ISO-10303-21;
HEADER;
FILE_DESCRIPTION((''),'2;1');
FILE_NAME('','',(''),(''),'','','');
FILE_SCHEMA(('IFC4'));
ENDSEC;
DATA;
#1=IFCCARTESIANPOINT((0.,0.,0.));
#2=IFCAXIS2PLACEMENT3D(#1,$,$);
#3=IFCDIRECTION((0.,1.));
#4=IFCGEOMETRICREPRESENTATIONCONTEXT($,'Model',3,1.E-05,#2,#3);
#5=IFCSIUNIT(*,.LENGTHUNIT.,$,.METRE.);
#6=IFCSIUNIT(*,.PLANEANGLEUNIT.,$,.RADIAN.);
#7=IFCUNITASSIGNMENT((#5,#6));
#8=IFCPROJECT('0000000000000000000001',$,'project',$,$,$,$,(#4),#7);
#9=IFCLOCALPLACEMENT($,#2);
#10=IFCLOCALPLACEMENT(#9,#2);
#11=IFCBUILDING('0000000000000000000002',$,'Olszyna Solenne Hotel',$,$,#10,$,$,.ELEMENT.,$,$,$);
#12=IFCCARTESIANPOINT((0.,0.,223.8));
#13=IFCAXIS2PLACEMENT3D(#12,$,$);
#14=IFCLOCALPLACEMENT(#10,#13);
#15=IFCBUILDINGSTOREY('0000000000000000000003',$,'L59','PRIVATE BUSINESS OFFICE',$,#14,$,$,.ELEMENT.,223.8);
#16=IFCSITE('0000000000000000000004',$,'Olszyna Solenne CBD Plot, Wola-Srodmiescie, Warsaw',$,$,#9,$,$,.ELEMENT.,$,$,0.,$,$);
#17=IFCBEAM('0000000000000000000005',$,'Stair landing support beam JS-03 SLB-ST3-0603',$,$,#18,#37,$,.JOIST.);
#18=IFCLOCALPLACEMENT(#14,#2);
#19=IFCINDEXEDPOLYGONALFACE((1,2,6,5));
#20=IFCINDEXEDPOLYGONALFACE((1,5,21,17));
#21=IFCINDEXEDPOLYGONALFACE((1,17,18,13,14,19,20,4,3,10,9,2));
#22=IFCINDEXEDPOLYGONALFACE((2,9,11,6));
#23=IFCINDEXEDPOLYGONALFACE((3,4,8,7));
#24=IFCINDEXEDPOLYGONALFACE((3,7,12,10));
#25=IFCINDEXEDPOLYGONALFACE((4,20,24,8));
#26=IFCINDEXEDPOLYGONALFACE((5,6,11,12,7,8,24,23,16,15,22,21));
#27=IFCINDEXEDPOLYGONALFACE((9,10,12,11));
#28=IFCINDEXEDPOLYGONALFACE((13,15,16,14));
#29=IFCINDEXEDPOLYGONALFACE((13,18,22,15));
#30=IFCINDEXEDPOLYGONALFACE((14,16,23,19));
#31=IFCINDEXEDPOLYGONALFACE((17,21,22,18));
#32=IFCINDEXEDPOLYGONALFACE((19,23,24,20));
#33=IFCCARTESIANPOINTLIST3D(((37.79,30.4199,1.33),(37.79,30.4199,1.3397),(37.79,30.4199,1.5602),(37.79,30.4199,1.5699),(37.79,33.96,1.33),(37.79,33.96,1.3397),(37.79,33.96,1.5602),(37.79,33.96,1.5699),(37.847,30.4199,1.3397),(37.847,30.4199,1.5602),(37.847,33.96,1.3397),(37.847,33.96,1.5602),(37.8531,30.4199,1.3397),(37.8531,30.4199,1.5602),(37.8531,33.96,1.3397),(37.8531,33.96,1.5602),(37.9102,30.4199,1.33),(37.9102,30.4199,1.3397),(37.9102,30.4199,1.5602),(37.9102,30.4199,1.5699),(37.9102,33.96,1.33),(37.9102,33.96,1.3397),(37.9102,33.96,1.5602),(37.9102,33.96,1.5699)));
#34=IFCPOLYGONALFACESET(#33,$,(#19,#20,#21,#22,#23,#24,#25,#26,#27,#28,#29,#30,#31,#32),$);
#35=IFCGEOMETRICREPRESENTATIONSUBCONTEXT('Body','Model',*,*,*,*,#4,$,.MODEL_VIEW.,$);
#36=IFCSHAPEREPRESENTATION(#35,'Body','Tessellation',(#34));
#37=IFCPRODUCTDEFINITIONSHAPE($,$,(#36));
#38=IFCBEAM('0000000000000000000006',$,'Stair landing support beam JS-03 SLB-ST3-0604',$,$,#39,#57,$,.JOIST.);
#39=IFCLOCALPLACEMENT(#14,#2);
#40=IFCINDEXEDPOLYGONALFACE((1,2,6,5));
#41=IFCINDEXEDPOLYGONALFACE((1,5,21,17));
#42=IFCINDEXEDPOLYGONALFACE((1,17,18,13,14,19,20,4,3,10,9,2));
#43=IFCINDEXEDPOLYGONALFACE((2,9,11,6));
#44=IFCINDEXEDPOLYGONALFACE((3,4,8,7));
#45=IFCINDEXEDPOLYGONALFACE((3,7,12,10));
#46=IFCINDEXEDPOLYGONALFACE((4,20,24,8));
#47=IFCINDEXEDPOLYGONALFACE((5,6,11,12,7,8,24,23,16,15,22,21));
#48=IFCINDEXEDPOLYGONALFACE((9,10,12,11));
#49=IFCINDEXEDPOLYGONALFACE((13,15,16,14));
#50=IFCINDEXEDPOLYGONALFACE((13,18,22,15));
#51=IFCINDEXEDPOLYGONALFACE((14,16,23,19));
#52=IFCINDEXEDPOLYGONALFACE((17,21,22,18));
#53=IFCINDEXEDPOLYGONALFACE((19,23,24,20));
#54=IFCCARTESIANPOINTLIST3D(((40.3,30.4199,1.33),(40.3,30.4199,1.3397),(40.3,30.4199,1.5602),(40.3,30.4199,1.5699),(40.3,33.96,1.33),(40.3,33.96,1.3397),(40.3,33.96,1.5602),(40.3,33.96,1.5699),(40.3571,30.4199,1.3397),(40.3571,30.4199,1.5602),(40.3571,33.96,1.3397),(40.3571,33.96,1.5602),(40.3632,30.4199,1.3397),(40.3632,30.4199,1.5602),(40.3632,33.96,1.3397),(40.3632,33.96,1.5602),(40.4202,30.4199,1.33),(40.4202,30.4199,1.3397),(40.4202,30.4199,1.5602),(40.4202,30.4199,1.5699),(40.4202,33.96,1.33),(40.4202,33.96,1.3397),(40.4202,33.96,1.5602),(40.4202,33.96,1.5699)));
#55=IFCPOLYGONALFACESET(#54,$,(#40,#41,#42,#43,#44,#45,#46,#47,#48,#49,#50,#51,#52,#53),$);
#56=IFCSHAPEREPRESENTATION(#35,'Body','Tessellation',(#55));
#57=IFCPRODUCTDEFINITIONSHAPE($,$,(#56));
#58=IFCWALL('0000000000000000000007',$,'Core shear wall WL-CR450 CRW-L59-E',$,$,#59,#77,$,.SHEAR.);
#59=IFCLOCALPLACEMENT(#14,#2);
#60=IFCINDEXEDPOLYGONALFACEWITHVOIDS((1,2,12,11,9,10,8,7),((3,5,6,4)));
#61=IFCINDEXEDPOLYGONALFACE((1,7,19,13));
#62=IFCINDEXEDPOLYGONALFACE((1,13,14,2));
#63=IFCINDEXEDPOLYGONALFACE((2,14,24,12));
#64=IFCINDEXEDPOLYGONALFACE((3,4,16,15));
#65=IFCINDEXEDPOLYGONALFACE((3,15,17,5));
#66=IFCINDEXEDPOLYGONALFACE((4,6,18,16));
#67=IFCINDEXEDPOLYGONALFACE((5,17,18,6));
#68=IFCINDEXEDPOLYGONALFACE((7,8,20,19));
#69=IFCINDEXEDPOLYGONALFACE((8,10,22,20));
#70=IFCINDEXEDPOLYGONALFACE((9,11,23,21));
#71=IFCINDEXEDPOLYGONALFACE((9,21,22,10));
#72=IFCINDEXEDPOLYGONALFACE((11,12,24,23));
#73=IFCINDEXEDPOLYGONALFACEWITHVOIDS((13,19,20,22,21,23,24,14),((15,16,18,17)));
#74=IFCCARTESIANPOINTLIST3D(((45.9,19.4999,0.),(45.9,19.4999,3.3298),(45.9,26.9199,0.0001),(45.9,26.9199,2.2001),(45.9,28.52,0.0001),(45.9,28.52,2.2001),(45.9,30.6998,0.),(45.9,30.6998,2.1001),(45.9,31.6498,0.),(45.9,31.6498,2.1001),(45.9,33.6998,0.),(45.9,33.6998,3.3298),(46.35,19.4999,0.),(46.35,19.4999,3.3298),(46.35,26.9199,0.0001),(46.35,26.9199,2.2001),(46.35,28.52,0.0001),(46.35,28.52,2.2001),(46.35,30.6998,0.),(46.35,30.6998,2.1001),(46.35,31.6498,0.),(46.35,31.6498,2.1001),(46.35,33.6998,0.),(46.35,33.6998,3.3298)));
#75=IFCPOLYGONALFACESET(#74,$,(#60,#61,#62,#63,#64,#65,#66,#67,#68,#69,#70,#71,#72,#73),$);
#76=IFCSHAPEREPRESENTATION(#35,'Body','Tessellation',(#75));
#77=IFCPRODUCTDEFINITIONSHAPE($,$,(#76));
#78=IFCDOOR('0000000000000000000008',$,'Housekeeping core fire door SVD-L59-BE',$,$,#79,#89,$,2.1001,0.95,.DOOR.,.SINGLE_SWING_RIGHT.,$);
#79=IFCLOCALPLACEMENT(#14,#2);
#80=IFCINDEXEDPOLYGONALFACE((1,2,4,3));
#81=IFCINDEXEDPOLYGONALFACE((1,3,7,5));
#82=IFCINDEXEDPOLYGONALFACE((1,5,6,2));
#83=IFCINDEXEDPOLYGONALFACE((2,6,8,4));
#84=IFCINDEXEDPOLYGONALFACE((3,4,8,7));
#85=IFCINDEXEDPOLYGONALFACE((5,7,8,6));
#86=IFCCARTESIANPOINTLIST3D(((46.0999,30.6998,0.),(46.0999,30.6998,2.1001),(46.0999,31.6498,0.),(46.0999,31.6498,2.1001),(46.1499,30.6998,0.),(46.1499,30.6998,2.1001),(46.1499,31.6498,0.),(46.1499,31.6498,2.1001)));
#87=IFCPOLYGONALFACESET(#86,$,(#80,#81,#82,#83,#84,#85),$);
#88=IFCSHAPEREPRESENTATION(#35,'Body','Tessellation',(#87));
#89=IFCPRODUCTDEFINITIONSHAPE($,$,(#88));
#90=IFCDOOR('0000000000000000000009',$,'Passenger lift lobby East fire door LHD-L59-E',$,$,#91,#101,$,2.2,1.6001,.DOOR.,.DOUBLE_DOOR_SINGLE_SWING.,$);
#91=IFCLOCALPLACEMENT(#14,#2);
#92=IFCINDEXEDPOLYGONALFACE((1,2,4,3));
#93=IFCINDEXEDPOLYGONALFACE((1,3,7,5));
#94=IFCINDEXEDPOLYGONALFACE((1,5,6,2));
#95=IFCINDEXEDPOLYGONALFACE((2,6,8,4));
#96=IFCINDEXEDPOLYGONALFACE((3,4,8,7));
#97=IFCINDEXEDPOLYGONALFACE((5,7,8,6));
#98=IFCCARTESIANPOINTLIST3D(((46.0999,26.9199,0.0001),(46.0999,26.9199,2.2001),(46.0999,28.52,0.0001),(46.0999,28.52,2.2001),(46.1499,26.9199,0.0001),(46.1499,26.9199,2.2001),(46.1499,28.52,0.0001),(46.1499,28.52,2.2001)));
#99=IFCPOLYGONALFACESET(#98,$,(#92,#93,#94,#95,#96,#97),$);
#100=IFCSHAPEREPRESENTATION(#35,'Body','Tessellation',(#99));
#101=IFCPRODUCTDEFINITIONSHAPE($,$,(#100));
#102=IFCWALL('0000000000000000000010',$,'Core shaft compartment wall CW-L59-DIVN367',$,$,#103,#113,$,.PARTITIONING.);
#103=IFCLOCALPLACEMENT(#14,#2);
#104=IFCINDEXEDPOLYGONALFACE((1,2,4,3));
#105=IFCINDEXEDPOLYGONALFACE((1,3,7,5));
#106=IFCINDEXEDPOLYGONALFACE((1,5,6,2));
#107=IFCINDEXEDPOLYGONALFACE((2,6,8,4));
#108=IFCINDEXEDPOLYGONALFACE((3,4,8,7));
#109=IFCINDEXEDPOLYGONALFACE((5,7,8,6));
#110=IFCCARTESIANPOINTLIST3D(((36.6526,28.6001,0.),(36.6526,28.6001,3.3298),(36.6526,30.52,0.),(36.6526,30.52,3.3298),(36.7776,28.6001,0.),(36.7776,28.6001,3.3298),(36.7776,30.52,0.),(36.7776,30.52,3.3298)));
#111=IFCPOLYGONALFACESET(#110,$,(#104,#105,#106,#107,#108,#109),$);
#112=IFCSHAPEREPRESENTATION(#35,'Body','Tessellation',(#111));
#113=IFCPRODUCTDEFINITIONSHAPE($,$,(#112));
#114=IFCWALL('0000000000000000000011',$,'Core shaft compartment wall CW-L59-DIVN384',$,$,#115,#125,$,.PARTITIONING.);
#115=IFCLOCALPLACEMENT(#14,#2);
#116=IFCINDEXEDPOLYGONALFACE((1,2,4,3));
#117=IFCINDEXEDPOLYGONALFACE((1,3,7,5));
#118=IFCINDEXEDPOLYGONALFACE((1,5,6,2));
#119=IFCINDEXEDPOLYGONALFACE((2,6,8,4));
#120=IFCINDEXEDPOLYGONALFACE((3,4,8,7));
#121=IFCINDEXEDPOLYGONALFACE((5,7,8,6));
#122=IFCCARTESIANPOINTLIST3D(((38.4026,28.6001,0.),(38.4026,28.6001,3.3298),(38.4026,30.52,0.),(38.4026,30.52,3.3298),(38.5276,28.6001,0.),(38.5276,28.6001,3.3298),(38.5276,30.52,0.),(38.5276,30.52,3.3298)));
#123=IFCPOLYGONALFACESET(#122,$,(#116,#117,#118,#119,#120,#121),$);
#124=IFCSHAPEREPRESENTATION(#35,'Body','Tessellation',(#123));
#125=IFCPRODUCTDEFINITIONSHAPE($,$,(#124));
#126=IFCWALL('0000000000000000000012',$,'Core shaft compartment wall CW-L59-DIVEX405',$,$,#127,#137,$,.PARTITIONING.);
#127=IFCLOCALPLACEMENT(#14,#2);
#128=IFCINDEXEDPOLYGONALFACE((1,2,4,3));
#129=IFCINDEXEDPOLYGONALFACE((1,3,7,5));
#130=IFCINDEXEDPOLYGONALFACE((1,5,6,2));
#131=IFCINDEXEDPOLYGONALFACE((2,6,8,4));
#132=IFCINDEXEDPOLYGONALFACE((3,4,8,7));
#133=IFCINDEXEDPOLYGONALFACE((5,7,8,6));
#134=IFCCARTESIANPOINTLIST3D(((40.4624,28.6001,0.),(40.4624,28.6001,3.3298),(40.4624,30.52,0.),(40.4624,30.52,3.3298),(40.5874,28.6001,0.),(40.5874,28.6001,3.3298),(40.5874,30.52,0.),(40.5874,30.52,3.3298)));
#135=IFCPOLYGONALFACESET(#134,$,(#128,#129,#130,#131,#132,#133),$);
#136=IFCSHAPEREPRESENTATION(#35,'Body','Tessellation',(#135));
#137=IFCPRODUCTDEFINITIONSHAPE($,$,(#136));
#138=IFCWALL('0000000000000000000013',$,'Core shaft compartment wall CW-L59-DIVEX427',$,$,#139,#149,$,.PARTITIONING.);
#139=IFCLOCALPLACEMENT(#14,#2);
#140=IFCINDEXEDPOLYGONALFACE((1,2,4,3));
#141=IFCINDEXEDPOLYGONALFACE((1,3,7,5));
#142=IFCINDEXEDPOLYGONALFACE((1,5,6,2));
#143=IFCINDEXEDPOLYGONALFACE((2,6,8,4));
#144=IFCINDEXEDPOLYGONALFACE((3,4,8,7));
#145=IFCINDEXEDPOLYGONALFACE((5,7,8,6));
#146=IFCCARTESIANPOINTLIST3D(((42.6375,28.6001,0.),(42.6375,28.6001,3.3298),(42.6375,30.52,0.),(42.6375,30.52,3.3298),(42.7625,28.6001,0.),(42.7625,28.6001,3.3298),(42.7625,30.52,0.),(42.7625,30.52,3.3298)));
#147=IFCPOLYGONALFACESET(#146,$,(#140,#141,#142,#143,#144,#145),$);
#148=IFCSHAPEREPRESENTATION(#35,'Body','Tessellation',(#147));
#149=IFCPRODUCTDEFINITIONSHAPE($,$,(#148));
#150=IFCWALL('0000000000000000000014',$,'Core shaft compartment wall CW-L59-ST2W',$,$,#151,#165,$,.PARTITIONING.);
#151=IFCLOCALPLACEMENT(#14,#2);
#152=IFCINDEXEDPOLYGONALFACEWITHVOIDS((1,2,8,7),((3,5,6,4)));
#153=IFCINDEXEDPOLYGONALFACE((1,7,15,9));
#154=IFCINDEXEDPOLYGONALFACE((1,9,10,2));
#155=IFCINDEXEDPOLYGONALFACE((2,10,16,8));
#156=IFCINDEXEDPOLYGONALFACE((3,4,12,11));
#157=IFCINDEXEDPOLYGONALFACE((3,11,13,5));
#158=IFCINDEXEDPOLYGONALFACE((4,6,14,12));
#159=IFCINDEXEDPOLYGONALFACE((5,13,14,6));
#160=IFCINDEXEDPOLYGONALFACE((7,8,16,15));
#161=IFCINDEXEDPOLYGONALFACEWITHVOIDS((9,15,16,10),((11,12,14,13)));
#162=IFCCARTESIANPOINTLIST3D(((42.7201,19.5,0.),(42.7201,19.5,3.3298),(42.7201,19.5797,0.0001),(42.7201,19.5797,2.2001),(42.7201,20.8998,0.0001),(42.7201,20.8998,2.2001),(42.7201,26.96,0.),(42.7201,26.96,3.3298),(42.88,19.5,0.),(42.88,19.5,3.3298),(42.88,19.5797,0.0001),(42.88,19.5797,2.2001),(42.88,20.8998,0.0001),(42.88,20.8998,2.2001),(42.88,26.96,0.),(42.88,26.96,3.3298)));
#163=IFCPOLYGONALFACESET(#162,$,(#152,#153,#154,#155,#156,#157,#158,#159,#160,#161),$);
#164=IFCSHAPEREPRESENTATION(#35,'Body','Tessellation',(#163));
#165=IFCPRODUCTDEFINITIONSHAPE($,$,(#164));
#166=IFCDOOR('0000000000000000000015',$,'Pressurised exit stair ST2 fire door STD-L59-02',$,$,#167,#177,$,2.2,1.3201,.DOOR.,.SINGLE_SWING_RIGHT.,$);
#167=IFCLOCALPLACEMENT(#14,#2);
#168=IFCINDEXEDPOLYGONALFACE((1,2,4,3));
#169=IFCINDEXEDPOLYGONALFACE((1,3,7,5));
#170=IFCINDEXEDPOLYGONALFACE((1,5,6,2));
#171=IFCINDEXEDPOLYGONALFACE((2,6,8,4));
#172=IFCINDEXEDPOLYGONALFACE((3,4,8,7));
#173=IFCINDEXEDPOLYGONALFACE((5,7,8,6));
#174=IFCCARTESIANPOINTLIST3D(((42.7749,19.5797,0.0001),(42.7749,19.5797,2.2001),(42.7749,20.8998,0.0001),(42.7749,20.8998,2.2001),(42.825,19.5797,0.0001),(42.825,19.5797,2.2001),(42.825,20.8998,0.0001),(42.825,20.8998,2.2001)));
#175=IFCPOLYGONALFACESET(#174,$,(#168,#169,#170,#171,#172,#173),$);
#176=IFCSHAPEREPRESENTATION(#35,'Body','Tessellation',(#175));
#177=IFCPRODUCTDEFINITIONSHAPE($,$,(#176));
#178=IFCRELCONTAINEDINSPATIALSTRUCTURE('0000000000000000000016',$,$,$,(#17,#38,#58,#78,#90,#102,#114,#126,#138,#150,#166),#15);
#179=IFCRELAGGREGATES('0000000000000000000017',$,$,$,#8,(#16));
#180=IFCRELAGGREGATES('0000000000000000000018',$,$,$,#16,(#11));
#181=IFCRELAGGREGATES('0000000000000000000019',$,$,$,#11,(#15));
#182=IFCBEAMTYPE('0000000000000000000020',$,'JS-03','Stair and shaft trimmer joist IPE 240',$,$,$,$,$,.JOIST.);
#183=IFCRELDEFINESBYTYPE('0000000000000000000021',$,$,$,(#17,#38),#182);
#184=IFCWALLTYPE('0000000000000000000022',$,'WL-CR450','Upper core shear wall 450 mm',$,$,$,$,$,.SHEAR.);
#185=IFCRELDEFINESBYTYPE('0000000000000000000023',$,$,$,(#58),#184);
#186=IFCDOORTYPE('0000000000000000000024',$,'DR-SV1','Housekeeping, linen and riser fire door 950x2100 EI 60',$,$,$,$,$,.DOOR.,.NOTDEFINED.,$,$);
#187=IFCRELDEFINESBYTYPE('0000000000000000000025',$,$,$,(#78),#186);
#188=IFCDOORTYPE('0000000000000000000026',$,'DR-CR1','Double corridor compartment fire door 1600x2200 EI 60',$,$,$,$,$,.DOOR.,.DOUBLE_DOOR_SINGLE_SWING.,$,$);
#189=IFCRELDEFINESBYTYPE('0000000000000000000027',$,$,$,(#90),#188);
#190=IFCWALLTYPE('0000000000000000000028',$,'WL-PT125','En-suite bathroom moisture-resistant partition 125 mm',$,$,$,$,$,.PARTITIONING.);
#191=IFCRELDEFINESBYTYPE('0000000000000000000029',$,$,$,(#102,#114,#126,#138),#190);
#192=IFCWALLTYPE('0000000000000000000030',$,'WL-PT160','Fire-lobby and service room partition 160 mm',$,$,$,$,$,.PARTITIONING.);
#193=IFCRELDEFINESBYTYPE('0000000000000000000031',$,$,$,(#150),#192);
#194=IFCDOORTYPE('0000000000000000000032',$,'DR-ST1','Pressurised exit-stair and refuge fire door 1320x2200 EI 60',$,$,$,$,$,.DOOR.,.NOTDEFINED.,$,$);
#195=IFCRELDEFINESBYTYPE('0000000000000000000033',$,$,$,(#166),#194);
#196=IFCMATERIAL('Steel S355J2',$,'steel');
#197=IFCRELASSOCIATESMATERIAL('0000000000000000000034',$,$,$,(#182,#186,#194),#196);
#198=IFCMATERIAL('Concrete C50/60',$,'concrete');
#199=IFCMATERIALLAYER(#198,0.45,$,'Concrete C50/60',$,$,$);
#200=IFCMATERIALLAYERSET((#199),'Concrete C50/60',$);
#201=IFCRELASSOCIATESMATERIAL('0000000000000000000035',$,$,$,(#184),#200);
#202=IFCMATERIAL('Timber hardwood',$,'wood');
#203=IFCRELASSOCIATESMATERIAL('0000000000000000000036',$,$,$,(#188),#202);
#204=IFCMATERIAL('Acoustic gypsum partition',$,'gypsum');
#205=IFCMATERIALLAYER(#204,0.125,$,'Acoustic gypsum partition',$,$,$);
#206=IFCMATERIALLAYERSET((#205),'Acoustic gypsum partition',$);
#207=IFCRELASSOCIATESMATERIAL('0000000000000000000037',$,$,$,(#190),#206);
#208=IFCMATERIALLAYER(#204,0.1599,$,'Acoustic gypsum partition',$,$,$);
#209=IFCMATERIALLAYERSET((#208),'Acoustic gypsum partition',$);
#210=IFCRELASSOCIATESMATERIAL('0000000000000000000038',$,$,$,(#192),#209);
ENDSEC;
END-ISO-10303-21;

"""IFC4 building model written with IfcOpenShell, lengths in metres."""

from ifc_helpers import new_model, si_unit, direction, frame, frame_2d, origin, origin_2d, place, context, subcontext, project, spatial, rectangle, i_section, extrude, source, transform, mapped, material, layer, layer_set, material_profile, profile_set, type_object, type_shapes, element, fill, save


model = new_model("IFC4")

# Units and contexts
model_context = context("Model", 3, precision=1e-05, world=origin(), true_north=direction((0.0, 1.0)))
body_context = subcontext(model_context, "Body", "Model", "MODEL_VIEW")
ifc_project = project(units=[si_unit("LENGTHUNIT", "METRE"), si_unit("PLANEANGLEUNIT", "RADIAN")], contexts=[model_context])

# Site, building, storey
site_placement = place(None, origin())
site = spatial("IfcSite", under=ifc_project, at=site_placement, Name="Olszyna Solenne CBD Plot, Wola-Srodmiescie, Warsaw", CompositionType="ELEMENT", RefElevation=0.0)
building_placement = place(site_placement, origin())
building = spatial("IfcBuilding", under=site, at=building_placement, Name="Olszyna Solenne Hotel", CompositionType="ELEMENT")
storey_placement = place(building_placement, frame((0.0, 0.0, 223.8)))
storey = spatial("IfcBuildingStorey", under=building, at=storey_placement, Name="L59", Description="PRIVATE BUSINESS OFFICE", CompositionType="ELEMENT", Elevation=223.8)

# Beams
ifc_material_1 = material(Name="Steel S355J2", Category="steel")
ifc_material_profile = material_profile(ifc_material_1, i_section(OverallWidth=0.1201, OverallDepth=0.24, WebThickness=0.0061, FlangeThickness=0.0098, at=origin_2d()), Name="IPE 240", Category="load-bearing")
ifc_profile_set = profile_set([ifc_material_profile], Name="Steel S355J2")
beam_type = type_object("IfcBeamType", Name="JS-03", Description="Stair and shaft trimmer joist IPE 240", PredefinedType="JOIST", material=ifc_profile_set)
shared_shape_1 = source(origin(), body_context, "Body", "SweptSolid", [
    extrude(i_section(OverallWidth=0.1201, OverallDepth=0.24, WebThickness=0.0061, FlangeThickness=0.0098, at=origin_2d()), origin(), (0.0, 0.0, 1.0), 3.54),
])
for number, where, z_axis, x_axis, name in (
    (1, (37.8501, 30.4199, 1.45), (0.0, 1.0, 0.0), (-1.0, 0.0, 0.0), "Stair landing support beam JS-03 SLB-ST3-0603"),
    (2, (40.3601, 30.4199, 1.45), (0.0, 1.0, 0.0), (-1.0, 0.0, 0.0), "Stair landing support beam JS-03 SLB-ST3-0604"),
):
    element("IfcBeam", number, at=place(storey_placement, frame(where, z_axis=z_axis, x_axis=x_axis)), inside=storey, type_object=beam_type, Name=name, PredefinedType="JOIST", context=body_context, shape_type="MappedRepresentation", body=[
        mapped(shared_shape_1, transform((0.0, 0.0, 0.0), x_axis=(1.0, 0.0, 0.0), y_axis=(0.0, 1.0, 0.0), z_axis=(0.0, 0.0, 1.0), scale=1.0)),
    ])

# Wall, openings, doors
ifc_material_2 = material(Name="Concrete C50/60", Category="concrete")
ifc_layer_1 = layer(ifc_material_2, 0.45, Name="Concrete C50/60")
ifc_layer_set_1 = layer_set([ifc_layer_1], Name="Concrete C50/60")
wall_type_1 = type_object("IfcWallType", Name="WL-CR450", Description="Upper core shear wall 450 mm", PredefinedType="SHEAR", material=ifc_layer_set_1)
wall_1_placement = place(storey_placement, frame((46.125, 33.7, 0.0), z_axis=(0.0, 0.0, 1.0), x_axis=(0.0, -1.0, 0.0)))
wall_1 = element("IfcWall", 3, at=wall_1_placement, inside=storey, type_object=wall_type_1, Name="Core shear wall WL-CR450 CRW-L59-E", PredefinedType="SHEAR", context=body_context, shape_type="SweptSolid", body=[
    extrude(rectangle(XDim=14.2, YDim=0.45, at=frame_2d((7.1001, 0.0))), origin(), (0.0, 0.0, 1.0), 3.3298),
])
opening_1_placement = place(wall_1_placement, frame((5.1799, 0.0, 0.0)))
opening_1 = element("IfcOpeningElement", 4, at=opening_1_placement, cuts=wall_1, PredefinedType="OPENING", context=body_context, shape_type="SweptSolid", body=[
    extrude(rectangle(XDim=1.6001, YDim=2.2, at=frame_2d((0.8, 1.1001))), frame((0.0, 0.2349, 0.0), z_axis=(0.0, -1.0, 0.0), x_axis=(1.0, 0.0, 0.0)), (0.0, 0.0, 1.0), 0.47),
])
opening_2_placement = place(wall_1_placement, frame((2.05, 0.0, 0.0)))
opening_2 = element("IfcOpeningElement", 5, at=opening_2_placement, cuts=wall_1, PredefinedType="OPENING", context=body_context, shape_type="SweptSolid", body=[
    extrude(rectangle(XDim=0.95, YDim=2.1001, at=frame_2d((0.4751, 1.05))), frame((0.0, 0.2349, 0.0), z_axis=(0.0, -1.0, 0.0), x_axis=(1.0, 0.0, 0.0)), (0.0, 0.0, 1.0), 0.47),
])
door_type_1 = type_object("IfcDoorType", Name="DR-SV1", Description="Housekeeping, linen and riser fire door 950x2100 EI 60", OperationType="NOTDEFINED", PredefinedType="DOOR", material=ifc_material_1)
shared_shape_2 = source(origin(), body_context, "Body", "SweptSolid", [
    extrude(rectangle(XDim=0.95, YDim=2.1001, at=frame_2d((0.4751, 1.05))), frame((0.0, 0.0249, 0.0), z_axis=(0.0, -1.0, 0.0), x_axis=(1.0, 0.0, 0.0)), (0.0, 0.0, 1.0), 0.05),
])
type_shapes(door_type_1, [shared_shape_2])
door_1_placement = place(opening_2_placement, origin())
door_1 = element("IfcDoor", 6, at=door_1_placement, inside=storey, type_object=door_type_1, Name="Housekeeping core fire door SVD-L59-BE", OperationType="SINGLE_SWING_RIGHT", OverallHeight=2.1001, OverallWidth=0.95, PredefinedType="DOOR", context=body_context, shape_type="MappedRepresentation", body=[
    mapped(shared_shape_2, transform((0.0, 0.0, 0.0), x_axis=(1.0, 0.0, 0.0), y_axis=(0.0, 1.0, 0.0), z_axis=(0.0, 0.0, 1.0), scale=1.0)),
])
fill(opening_2, door_1)
ifc_material_3 = material(Name="Timber hardwood", Category="wood")
door_type_2 = type_object("IfcDoorType", Name="DR-CR1", Description="Double corridor compartment fire door 1600x2200 EI 60", OperationType="DOUBLE_DOOR_SINGLE_SWING", PredefinedType="DOOR", material=ifc_material_3)
shared_shape_3 = source(origin(), body_context, "Body", "SweptSolid", [
    extrude(rectangle(XDim=1.6001, YDim=2.2, at=frame_2d((0.8, 1.1001))), frame((0.0, 0.0249, 0.0), z_axis=(0.0, -1.0, 0.0), x_axis=(1.0, 0.0, 0.0)), (0.0, 0.0, 1.0), 0.05),
])
type_shapes(door_type_2, [shared_shape_3])
door_2_placement = place(opening_1_placement, origin())
door_2 = element("IfcDoor", 7, at=door_2_placement, inside=storey, type_object=door_type_2, Name="Passenger lift lobby East fire door LHD-L59-E", OperationType="DOUBLE_DOOR_SINGLE_SWING", OverallHeight=2.2, OverallWidth=1.6001, PredefinedType="DOOR", context=body_context, shape_type="MappedRepresentation", body=[
    mapped(shared_shape_3, transform((0.0, 0.0, 0.0), x_axis=(1.0, 0.0, 0.0), y_axis=(0.0, 1.0, 0.0), z_axis=(0.0, 0.0, 1.0), scale=1.0)),
])
fill(opening_1, door_2)

# Walls
ifc_material_4 = material(Name="Acoustic gypsum partition", Category="gypsum")
ifc_layer_2 = layer(ifc_material_4, 0.125, Name="Acoustic gypsum partition")
ifc_layer_set_2 = layer_set([ifc_layer_2], Name="Acoustic gypsum partition")
wall_type_2 = type_object("IfcWallType", Name="WL-PT125", Description="En-suite bathroom moisture-resistant partition 125 mm", PredefinedType="PARTITIONING", material=ifc_layer_set_2)
for number, where, z_axis, x_axis, name in (
    (8, (36.7151, 28.6001, 0.0), (0.0, 0.0, 1.0), (0.0, 1.0, 0.0), "Core shaft compartment wall CW-L59-DIVN367"),
    (9, (38.4651, 28.6001, 0.0), (0.0, 0.0, 1.0), (0.0, 1.0, 0.0), "Core shaft compartment wall CW-L59-DIVN384"),
    (10, (40.5249, 28.6001, 0.0), (0.0, 0.0, 1.0), (0.0, 1.0, 0.0), "Core shaft compartment wall CW-L59-DIVEX405"),
    (11, (42.7, 28.6001, 0.0), (0.0, 0.0, 1.0), (0.0, 1.0, 0.0), "Core shaft compartment wall CW-L59-DIVEX427"),
):
    element("IfcWall", number, at=place(storey_placement, frame(where, z_axis=z_axis, x_axis=x_axis)), inside=storey, type_object=wall_type_2, Name=name, PredefinedType="PARTITIONING", context=body_context, shape_type="SweptSolid", body=[
        extrude(rectangle(XDim=1.9199, YDim=0.125, at=frame_2d((0.96, 0.0))), origin(), (0.0, 0.0, 1.0), 3.3298),
    ])

# Wall, opening, door
ifc_layer_3 = layer(ifc_material_4, 0.1599, Name="Acoustic gypsum partition")
ifc_layer_set_3 = layer_set([ifc_layer_3], Name="Acoustic gypsum partition")
wall_type_3 = type_object("IfcWallType", Name="WL-PT160", Description="Fire-lobby and service room partition 160 mm", PredefinedType="PARTITIONING", material=ifc_layer_set_3)
wall_2_placement = place(storey_placement, frame((42.8, 26.96, 0.0), z_axis=(0.0, 0.0, 1.0), x_axis=(0.0, -1.0, 0.0)))
wall_2 = element("IfcWall", 12, at=wall_2_placement, inside=storey, type_object=wall_type_3, Name="Core shaft compartment wall CW-L59-ST2W", PredefinedType="PARTITIONING", context=body_context, shape_type="SweptSolid", body=[
    extrude(rectangle(XDim=7.46, YDim=0.1599, at=frame_2d((3.73, 0.0))), origin(), (0.0, 0.0, 1.0), 3.3298),
])
opening_3_placement = place(wall_2_placement, frame((6.0601, 0.0, 0.0)))
opening_3 = element("IfcOpeningElement", 13, at=opening_3_placement, cuts=wall_2, PredefinedType="OPENING", context=body_context, shape_type="SweptSolid", body=[
    extrude(rectangle(XDim=1.3201, YDim=2.2, at=frame_2d((0.6602, 1.1001))), frame((0.0, 0.0898, 0.0), z_axis=(0.0, -1.0, 0.0), x_axis=(1.0, 0.0, 0.0)), (0.0, 0.0, 1.0), 0.1799),
])
door_type_3 = type_object("IfcDoorType", Name="DR-ST1", Description="Pressurised exit-stair and refuge fire door 1320x2200 EI 60", OperationType="NOTDEFINED", PredefinedType="DOOR", material=ifc_material_1)
shared_shape_4 = source(origin(), body_context, "Body", "SweptSolid", [
    extrude(rectangle(XDim=1.3201, YDim=2.2, at=frame_2d((0.6602, 1.1001))), frame((0.0, 0.0249, 0.0), z_axis=(0.0, -1.0, 0.0), x_axis=(1.0, 0.0, 0.0)), (0.0, 0.0, 1.0), 0.05),
])
type_shapes(door_type_3, [shared_shape_4])
door_3_placement = place(opening_3_placement, origin())
door_3 = element("IfcDoor", 14, at=door_3_placement, inside=storey, type_object=door_type_3, Name="Pressurised exit stair ST2 fire door STD-L59-02", OperationType="SINGLE_SWING_RIGHT", OverallHeight=2.2, OverallWidth=1.3201, PredefinedType="DOOR", context=body_context, shape_type="MappedRepresentation", body=[
    mapped(shared_shape_4, transform((0.0, 0.0, 0.0), x_axis=(1.0, 0.0, 0.0), y_axis=(0.0, 1.0, 0.0), z_axis=(0.0, 0.0, 1.0), scale=1.0)),
])
fill(opening_3, door_3)

save(model, "model.ifc")
